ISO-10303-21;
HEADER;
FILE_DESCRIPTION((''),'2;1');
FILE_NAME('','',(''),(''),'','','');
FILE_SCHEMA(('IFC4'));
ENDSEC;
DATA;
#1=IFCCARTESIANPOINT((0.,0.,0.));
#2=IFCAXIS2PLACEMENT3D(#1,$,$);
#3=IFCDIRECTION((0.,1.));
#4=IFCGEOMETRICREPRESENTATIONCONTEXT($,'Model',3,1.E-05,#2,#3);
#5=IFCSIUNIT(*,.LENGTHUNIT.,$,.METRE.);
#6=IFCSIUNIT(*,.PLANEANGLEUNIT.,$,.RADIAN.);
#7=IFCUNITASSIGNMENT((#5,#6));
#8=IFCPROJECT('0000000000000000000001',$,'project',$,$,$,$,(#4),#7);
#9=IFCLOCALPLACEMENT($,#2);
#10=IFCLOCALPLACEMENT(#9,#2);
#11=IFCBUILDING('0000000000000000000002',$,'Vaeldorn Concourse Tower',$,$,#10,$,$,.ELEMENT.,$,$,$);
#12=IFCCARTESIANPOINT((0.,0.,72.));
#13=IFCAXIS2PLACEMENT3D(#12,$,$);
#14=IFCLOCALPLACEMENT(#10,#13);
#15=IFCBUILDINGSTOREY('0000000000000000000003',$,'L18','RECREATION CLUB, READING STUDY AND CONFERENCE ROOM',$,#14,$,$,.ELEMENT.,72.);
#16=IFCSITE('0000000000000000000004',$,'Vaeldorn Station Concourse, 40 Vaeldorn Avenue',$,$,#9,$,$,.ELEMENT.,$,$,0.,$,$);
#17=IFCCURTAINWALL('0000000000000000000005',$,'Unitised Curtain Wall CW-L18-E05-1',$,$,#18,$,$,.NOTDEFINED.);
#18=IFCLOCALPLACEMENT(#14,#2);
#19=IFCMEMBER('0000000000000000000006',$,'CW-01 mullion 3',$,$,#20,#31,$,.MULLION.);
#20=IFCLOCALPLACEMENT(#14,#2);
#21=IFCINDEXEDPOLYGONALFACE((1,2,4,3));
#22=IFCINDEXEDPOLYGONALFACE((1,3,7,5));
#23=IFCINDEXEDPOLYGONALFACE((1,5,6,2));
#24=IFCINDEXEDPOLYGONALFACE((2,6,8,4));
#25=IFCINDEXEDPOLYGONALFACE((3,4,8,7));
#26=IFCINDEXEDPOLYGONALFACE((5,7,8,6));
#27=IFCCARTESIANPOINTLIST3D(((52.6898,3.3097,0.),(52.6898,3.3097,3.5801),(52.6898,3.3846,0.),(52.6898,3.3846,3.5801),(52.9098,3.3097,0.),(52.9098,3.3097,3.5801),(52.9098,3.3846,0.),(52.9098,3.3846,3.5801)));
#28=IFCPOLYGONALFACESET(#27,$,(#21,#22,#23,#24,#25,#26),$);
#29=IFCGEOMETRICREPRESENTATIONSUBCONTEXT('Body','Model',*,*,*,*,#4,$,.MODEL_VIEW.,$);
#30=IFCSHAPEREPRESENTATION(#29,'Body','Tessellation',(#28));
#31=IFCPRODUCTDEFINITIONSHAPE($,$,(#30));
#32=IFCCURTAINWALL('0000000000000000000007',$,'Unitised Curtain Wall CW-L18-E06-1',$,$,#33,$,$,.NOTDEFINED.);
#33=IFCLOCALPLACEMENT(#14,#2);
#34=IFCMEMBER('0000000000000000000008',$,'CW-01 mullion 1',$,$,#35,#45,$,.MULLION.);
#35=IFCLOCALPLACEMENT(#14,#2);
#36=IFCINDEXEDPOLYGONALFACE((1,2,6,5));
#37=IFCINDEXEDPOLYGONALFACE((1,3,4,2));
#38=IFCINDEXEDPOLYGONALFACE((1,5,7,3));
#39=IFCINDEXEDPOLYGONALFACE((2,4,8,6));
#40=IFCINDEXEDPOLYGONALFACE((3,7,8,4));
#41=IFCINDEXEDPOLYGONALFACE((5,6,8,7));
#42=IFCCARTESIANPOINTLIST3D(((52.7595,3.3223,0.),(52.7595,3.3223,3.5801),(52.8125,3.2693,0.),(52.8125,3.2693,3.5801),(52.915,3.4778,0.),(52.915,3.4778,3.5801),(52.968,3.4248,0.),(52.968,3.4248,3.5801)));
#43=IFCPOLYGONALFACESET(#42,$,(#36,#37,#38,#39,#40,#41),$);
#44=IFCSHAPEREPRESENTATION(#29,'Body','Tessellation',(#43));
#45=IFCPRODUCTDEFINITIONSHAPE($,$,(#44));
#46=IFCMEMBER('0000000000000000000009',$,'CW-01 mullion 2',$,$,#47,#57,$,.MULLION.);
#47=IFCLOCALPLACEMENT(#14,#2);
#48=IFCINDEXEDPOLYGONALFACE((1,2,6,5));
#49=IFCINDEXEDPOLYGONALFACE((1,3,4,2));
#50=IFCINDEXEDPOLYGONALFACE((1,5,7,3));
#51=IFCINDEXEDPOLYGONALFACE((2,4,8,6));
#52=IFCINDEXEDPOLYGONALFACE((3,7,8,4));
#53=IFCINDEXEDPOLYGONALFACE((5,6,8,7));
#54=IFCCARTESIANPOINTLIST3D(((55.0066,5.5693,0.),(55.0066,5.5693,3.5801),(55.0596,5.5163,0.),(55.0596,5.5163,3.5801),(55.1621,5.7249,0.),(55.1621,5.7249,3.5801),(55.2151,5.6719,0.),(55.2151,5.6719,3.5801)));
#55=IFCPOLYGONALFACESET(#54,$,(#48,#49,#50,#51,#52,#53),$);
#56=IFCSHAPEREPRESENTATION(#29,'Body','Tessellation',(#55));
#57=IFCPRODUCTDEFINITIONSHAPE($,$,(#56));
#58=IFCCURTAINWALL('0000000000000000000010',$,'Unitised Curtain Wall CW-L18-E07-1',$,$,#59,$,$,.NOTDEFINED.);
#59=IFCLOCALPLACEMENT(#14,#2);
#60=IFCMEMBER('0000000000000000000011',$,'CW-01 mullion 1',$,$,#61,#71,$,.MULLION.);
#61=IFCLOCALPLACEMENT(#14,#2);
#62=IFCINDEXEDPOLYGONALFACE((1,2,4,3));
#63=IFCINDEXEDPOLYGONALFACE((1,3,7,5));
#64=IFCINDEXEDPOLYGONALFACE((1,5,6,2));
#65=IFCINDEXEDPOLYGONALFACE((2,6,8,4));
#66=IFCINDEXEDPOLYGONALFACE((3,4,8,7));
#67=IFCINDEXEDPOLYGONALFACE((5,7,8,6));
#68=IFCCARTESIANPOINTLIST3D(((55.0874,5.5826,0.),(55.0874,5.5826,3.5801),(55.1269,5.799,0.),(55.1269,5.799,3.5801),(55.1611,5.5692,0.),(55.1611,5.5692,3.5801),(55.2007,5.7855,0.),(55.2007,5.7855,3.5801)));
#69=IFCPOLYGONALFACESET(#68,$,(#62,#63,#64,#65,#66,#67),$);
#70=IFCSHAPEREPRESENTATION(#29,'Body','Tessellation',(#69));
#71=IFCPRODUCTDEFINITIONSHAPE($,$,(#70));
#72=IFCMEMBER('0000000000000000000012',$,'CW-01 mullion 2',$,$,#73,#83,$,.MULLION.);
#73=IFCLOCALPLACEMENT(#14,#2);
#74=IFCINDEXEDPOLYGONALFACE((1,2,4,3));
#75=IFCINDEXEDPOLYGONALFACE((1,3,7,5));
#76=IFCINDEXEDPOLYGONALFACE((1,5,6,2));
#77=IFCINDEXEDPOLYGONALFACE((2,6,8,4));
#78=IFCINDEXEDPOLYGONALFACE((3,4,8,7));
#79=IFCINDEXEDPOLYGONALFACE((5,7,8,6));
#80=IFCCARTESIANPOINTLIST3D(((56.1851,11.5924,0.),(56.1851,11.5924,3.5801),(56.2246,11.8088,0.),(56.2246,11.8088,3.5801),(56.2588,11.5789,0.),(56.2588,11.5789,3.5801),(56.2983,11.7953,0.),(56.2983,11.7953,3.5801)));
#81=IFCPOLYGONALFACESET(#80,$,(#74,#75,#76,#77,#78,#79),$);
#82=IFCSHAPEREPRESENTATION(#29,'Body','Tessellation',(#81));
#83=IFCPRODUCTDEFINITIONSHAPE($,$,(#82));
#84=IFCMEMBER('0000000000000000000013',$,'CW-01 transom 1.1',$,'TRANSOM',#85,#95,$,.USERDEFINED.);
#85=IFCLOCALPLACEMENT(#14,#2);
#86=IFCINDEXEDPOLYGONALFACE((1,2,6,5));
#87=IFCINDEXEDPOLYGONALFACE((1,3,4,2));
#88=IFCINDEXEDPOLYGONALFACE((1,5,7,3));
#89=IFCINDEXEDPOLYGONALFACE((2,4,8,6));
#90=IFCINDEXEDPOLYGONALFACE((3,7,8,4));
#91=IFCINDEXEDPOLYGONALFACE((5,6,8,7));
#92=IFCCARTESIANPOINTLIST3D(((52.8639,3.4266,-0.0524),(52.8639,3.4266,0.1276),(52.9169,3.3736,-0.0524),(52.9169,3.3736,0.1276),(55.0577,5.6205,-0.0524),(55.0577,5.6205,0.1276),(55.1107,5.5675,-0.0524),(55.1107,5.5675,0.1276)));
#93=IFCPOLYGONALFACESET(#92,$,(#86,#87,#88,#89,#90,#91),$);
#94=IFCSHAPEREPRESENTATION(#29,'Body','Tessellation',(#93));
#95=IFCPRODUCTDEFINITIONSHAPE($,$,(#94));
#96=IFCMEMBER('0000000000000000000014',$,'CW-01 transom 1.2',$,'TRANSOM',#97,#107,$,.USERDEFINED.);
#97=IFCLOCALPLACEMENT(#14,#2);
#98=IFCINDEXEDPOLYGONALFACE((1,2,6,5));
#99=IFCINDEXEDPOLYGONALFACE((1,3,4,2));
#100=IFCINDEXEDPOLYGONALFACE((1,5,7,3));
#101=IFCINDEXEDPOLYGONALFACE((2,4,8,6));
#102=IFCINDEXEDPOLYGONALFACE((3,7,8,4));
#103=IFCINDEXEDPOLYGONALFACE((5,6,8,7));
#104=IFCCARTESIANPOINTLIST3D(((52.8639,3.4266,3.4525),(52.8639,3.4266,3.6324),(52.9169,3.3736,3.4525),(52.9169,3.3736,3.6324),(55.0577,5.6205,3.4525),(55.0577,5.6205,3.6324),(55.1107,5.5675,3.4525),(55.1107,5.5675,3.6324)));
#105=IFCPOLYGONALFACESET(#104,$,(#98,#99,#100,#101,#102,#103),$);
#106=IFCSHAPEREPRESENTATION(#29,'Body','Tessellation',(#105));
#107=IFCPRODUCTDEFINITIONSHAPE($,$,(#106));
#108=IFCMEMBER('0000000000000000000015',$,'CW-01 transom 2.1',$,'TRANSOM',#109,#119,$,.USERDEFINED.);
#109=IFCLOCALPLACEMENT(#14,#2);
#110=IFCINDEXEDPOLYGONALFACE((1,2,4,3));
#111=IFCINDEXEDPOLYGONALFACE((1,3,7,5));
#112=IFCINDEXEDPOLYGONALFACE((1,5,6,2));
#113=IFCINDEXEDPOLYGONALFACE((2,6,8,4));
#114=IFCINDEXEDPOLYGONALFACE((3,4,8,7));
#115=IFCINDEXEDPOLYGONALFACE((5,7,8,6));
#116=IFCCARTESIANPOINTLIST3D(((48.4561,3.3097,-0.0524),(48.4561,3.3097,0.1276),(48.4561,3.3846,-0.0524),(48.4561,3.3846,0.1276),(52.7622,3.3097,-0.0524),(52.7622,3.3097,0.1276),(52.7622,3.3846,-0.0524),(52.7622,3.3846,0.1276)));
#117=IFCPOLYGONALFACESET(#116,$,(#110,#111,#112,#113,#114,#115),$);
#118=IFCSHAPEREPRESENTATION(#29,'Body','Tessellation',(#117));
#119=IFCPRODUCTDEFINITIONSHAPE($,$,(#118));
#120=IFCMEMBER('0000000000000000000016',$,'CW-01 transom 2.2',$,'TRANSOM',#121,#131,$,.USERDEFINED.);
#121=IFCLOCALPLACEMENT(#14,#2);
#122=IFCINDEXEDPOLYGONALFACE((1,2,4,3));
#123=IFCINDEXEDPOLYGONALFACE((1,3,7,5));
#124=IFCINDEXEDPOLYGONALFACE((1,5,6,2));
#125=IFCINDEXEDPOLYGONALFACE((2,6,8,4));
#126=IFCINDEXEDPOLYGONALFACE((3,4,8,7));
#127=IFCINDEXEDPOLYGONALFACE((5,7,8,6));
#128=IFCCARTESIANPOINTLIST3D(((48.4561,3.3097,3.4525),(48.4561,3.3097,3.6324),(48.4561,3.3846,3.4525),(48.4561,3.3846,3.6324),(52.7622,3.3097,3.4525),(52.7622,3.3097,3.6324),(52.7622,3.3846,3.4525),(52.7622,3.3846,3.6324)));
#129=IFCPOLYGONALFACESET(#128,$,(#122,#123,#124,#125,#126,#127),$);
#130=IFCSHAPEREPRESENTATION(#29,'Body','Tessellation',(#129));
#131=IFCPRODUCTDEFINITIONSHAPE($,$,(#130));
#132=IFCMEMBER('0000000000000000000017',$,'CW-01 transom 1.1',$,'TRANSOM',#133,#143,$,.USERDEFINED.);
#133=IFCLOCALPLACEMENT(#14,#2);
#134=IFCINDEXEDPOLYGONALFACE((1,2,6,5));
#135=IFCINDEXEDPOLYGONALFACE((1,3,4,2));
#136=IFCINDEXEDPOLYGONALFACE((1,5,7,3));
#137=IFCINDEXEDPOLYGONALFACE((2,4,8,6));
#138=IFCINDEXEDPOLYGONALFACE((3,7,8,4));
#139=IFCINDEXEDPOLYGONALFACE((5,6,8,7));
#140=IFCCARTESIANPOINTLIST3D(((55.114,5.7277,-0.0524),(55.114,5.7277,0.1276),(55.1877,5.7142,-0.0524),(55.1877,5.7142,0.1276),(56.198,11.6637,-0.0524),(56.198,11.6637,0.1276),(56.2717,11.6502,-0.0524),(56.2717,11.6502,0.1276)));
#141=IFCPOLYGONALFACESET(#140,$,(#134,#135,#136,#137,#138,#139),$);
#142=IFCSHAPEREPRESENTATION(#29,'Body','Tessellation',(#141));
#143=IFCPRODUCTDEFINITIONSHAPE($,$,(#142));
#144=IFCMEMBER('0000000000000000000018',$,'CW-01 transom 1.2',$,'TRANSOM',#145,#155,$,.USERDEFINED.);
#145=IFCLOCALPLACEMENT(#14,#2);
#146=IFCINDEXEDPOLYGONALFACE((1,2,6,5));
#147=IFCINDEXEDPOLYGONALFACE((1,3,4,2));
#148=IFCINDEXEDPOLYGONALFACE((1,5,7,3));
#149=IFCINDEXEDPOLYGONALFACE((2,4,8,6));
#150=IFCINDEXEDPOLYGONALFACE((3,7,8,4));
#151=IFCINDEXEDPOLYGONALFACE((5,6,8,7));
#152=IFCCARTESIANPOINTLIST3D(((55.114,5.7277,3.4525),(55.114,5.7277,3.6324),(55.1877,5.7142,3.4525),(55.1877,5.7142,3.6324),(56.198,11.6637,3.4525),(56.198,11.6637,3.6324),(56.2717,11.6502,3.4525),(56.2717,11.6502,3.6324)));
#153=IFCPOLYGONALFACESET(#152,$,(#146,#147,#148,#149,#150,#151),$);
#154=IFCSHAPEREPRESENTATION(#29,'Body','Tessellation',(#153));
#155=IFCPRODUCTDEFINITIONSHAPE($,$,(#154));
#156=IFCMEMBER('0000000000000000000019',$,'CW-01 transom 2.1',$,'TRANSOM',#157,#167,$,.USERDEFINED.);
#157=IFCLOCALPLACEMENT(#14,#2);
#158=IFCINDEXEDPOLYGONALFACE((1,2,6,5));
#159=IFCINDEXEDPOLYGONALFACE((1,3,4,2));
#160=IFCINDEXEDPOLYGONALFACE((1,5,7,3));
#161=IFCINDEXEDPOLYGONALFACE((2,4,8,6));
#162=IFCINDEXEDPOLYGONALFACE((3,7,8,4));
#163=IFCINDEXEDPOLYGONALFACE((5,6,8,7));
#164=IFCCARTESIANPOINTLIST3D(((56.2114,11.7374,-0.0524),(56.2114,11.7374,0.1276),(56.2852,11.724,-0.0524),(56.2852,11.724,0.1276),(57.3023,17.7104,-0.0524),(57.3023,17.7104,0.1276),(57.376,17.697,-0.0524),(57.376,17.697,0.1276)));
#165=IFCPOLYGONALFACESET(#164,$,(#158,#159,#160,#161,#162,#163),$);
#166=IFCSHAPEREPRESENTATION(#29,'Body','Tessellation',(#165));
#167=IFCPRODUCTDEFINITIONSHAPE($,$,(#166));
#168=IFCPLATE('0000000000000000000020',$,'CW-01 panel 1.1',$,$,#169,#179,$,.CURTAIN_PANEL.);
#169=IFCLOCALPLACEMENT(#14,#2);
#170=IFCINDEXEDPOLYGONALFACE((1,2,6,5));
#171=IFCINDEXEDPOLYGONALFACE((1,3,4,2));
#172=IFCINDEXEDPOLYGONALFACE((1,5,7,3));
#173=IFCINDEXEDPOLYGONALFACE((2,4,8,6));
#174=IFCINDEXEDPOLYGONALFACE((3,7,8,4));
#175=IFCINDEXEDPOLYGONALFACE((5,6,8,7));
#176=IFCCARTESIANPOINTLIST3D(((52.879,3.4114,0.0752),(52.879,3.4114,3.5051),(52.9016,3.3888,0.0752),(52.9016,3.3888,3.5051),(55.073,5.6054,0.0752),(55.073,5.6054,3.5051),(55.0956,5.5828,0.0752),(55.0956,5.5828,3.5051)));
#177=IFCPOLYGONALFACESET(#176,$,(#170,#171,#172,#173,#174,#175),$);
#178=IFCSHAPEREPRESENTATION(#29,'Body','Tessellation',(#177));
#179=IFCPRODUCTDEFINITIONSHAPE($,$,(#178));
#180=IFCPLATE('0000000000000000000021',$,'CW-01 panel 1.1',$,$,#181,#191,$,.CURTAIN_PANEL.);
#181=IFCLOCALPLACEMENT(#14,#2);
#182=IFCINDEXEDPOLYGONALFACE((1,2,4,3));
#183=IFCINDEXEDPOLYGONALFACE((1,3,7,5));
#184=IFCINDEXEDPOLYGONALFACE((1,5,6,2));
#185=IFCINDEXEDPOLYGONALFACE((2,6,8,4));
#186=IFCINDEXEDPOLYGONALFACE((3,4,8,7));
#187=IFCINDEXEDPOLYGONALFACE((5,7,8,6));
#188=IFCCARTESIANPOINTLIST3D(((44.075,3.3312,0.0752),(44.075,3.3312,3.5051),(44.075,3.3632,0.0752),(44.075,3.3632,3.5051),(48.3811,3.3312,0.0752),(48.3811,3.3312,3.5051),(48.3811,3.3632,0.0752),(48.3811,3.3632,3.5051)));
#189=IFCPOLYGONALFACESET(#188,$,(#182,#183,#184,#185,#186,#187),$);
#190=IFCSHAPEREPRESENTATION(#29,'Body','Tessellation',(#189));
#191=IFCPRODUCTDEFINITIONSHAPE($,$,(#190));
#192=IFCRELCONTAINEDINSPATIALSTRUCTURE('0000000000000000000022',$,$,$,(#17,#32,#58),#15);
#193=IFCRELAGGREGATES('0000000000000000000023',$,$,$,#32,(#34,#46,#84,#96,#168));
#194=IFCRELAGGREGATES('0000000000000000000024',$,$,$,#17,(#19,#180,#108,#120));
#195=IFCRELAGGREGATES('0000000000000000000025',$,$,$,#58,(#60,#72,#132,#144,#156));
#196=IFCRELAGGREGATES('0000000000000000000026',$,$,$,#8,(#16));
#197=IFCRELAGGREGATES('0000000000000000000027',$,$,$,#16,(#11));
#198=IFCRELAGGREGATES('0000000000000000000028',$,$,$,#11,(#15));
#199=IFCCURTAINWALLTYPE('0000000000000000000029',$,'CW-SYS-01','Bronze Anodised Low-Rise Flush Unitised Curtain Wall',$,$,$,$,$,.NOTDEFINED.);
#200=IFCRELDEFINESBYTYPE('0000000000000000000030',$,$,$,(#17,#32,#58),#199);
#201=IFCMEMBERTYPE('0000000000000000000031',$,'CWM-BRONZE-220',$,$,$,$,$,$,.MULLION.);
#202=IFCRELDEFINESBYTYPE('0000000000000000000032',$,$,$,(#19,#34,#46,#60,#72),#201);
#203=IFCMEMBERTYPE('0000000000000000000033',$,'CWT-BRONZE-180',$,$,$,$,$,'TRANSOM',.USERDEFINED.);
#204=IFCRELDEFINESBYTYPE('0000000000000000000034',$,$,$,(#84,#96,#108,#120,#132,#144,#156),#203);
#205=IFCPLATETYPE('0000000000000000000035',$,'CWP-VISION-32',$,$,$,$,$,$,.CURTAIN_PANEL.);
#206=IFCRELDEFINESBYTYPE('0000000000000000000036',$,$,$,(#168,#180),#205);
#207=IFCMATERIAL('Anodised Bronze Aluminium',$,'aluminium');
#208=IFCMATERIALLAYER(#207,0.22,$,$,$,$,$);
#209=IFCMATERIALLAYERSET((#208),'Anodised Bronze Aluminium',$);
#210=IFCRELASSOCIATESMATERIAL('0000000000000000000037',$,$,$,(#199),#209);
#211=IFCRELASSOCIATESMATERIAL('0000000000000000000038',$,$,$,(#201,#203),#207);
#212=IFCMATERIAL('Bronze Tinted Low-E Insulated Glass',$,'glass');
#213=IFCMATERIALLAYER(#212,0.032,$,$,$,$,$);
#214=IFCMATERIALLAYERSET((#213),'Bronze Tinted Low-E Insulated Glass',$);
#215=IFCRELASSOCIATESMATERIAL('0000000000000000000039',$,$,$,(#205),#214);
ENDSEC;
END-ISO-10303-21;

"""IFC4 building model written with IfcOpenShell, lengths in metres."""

from ifc_helpers import new_model, si_unit, direction, frame, origin, origin_2d, place, context, subcontext, project, spatial, rectangle, extrude, source, transform, mapped, material, layer, layer_set, material_profile, profile_set, type_object, element, aggregate, save


model = new_model("IFC4")

# Units and contexts
model_context = context("Model", 3, precision=1e-05, world=origin(), true_north=direction((0.0, 1.0)))
body_context = subcontext(model_context, "Body", "Model", "MODEL_VIEW")
ifc_project = project(units=[si_unit("LENGTHUNIT", "METRE"), si_unit("PLANEANGLEUNIT", "RADIAN")], contexts=[model_context])

# Site, building, storey
site_placement = place(None, origin())
site = spatial("IfcSite", under=ifc_project, at=site_placement, Name="Vaeldorn Station Concourse, 40 Vaeldorn Avenue", CompositionType="ELEMENT", RefElevation=0.0)
building_placement = place(site_placement, origin())
building = spatial("IfcBuilding", under=site, at=building_placement, Name="Vaeldorn Concourse Tower", CompositionType="ELEMENT")
storey_placement = place(building_placement, frame((0.0, 0.0, 72.0)))
storey = spatial("IfcBuildingStorey", under=building, at=storey_placement, Name="L18", Description="RECREATION CLUB, READING STUDY AND CONFERENCE ROOM", CompositionType="ELEMENT", Elevation=72.0)

# Curtain walls, members
ifc_material_1 = material(Name="Anodised Bronze Aluminium", Category="aluminium")
ifc_layer_1 = layer(ifc_material_1, 0.22)
ifc_layer_set_1 = layer_set([ifc_layer_1], Name="Anodised Bronze Aluminium")
curtain_wall_type = type_object("IfcCurtainWallType", Name="CW-SYS-01", Description="Bronze Anodised Low-Rise Flush Unitised Curtain Wall", PredefinedType="NOTDEFINED", material=ifc_layer_set_1)
curtain_wall_1_placement = place(storey_placement, origin())
curtain_wall_1 = element("IfcCurtainWall", 1, at=curtain_wall_1_placement, inside=storey, type_object=curtain_wall_type, Name="Unitised Curtain Wall CW-L18-E05-1", PredefinedType="NOTDEFINED")
ifc_material_profile_1 = material_profile(ifc_material_1, rectangle(XDim=0.075, YDim=0.22, at=origin_2d()), Name="CWM 75x220")
ifc_profile_set_1 = profile_set([ifc_material_profile_1], Name="Anodised Bronze Aluminium")
member_type_1 = type_object("IfcMemberType", Name="CWM-BRONZE-220", PredefinedType="MULLION", material=ifc_profile_set_1)
shared_shape_1 = source(origin(), body_context, "Body", "SweptSolid", [
    extrude(rectangle(XDim=0.075, YDim=0.22, at=origin_2d()), origin(), (0.0, 0.0, 1.0), 3.5801),
])
member_1_placement = place(storey_placement, frame((52.7998, 3.3472, 0.0), z_axis=(0.0, 0.0, 1.0), x_axis=(0.0, 1.0, 0.0)))
member_1 = element("IfcMember", 2, at=member_1_placement, type_object=member_type_1, Name="CW-01 mullion 3", PredefinedType="MULLION", context=body_context, shape_type="MappedRepresentation", body=[
    mapped(shared_shape_1, transform((0.0, 0.0, 0.0), scale=1.0)),
])
curtain_wall_2_placement = place(storey_placement, origin())
curtain_wall_2 = element("IfcCurtainWall", 3, at=curtain_wall_2_placement, inside=storey, type_object=curtain_wall_type, Name="Unitised Curtain Wall CW-L18-E06-1", PredefinedType="NOTDEFINED")
member_2_placement = place(storey_placement, frame((52.8638, 3.3735, 0.0), z_axis=(0.0, 0.0, 1.0), x_axis=(-0.707107, 0.707107, 0.0)))
member_2 = element("IfcMember", 4, at=member_2_placement, type_object=member_type_1, Name="CW-01 mullion 1", PredefinedType="MULLION", context=body_context, shape_type="MappedRepresentation", body=[
    mapped(shared_shape_1, transform((0.0, 0.0, 0.0), scale=1.0)),
])
member_3_placement = place(storey_placement, frame((55.1108, 5.6206, 0.0), z_axis=(0.0, 0.0, 1.0), x_axis=(-0.707107, 0.707107, 0.0)))
member_3 = element("IfcMember", 5, at=member_3_placement, type_object=member_type_1, Name="CW-01 mullion 2", PredefinedType="MULLION", context=body_context, shape_type="MappedRepresentation", body=[
    mapped(shared_shape_1, transform((0.0, 0.0, 0.0), scale=1.0)),
])
curtain_wall_3_placement = place(storey_placement, origin())
curtain_wall_3 = element("IfcCurtainWall", 6, at=curtain_wall_3_placement, inside=storey, type_object=curtain_wall_type, Name="Unitised Curtain Wall CW-L18-E07-1", PredefinedType="NOTDEFINED")
member_4_placement = place(storey_placement, frame((55.144, 5.6841, 0.0), z_axis=(0.0, 0.0, 1.0), x_axis=(-0.983729, 0.179658, 0.0)))
member_4 = element("IfcMember", 7, at=member_4_placement, type_object=member_type_1, Name="CW-01 mullion 1", PredefinedType="MULLION", context=body_context, shape_type="MappedRepresentation", body=[
    mapped(shared_shape_1, transform((0.0, 0.0, 0.0), scale=1.0)),
])
member_5_placement = place(storey_placement, frame((56.2417, 11.6938, 0.0), z_axis=(0.0, 0.0, 1.0), x_axis=(-0.983729, 0.179658, 0.0)))
member_5 = element("IfcMember", 8, at=member_5_placement, type_object=member_type_1, Name="CW-01 mullion 2", PredefinedType="MULLION", context=body_context, shape_type="MappedRepresentation", body=[
    mapped(shared_shape_1, transform((0.0, 0.0, 0.0), scale=1.0)),
])

# Members
ifc_material_profile_2 = material_profile(ifc_material_1, rectangle(XDim=0.075, YDim=0.1799, at=origin_2d()), Name="CWT 75x180")
ifc_profile_set_2 = profile_set([ifc_material_profile_2], Name="Anodised Bronze Aluminium")
member_type_2 = type_object("IfcMemberType", Name="CWT-BRONZE-180", ElementType="TRANSOM", PredefinedType="USERDEFINED", material=ifc_profile_set_2)
shared_shape_2 = source(origin(), body_context, "Body", "SweptSolid", [
    extrude(rectangle(XDim=0.075, YDim=0.1799, at=origin_2d()), origin(), (0.0, 0.0, 1.0), 3.1025),
])
member_6_placement = place(storey_placement, frame((52.8904, 3.4001, 0.0376), z_axis=(0.707107, 0.707107, 0.0), x_axis=(-0.707107, 0.707107, 0.0)))
member_6 = element("IfcMember", 9, at=member_6_placement, type_object=member_type_2, Name="CW-01 transom 1.1", ObjectType="TRANSOM", PredefinedType="USERDEFINED", context=body_context, shape_type="MappedRepresentation", body=[
    mapped(shared_shape_2, transform((0.0, 0.0, 0.0), scale=1.0)),
])
member_7_placement = place(storey_placement, frame((52.8904, 3.4001, 3.5425), z_axis=(0.707107, 0.707107, 0.0), x_axis=(-0.707107, 0.707107, 0.0)))
member_7 = element("IfcMember", 10, at=member_7_placement, type_object=member_type_2, Name="CW-01 transom 1.2", ObjectType="TRANSOM", PredefinedType="USERDEFINED", context=body_context, shape_type="MappedRepresentation", body=[
    mapped(shared_shape_2, transform((0.0, 0.0, 0.0), scale=1.0)),
])
shared_shape_3 = source(origin(), body_context, "Body", "SweptSolid", [
    extrude(rectangle(XDim=0.075, YDim=0.1799, at=origin_2d()), origin(), (0.0, 0.0, 1.0), 4.3062),
])
member_8_placement = place(storey_placement, frame((48.4561, 3.3472, 0.0376), z_axis=(1.0, 0.0, 0.0), x_axis=(0.0, 1.0, 0.0)))
member_8 = element("IfcMember", 11, at=member_8_placement, type_object=member_type_2, Name="CW-01 transom 2.1", ObjectType="TRANSOM", PredefinedType="USERDEFINED", context=body_context, shape_type="MappedRepresentation", body=[
    mapped(shared_shape_3, transform((0.0, 0.0, 0.0), scale=1.0)),
])
member_9_placement = place(storey_placement, frame((48.4561, 3.3472, 3.5425), z_axis=(1.0, 0.0, 0.0), x_axis=(0.0, 1.0, 0.0)))
member_9 = element("IfcMember", 12, at=member_9_placement, type_object=member_type_2, Name="CW-01 transom 2.2", ObjectType="TRANSOM", PredefinedType="USERDEFINED", context=body_context, shape_type="MappedRepresentation", body=[
    mapped(shared_shape_3, transform((0.0, 0.0, 0.0), scale=1.0)),
])
shared_shape_4 = source(origin(), body_context, "Body", "SweptSolid", [
    extrude(rectangle(XDim=0.075, YDim=0.1799, at=origin_2d()), origin(), (0.0, 0.0, 1.0), 6.0342),
])
member_10_placement = place(storey_placement, frame((55.1509, 5.7209, 0.0376), z_axis=(0.17964, 0.983732, 0.0), x_axis=(-0.983732, 0.17964, 0.0)))
member_10 = element("IfcMember", 13, at=member_10_placement, type_object=member_type_2, Name="CW-01 transom 1.1", ObjectType="TRANSOM", PredefinedType="USERDEFINED", context=body_context, shape_type="MappedRepresentation", body=[
    mapped(shared_shape_4, transform((0.0, 0.0, 0.0), scale=1.0)),
])
member_11_placement = place(storey_placement, frame((55.1509, 5.7209, 3.5425), z_axis=(0.17964, 0.983732, 0.0), x_axis=(-0.983732, 0.17964, 0.0)))
member_11 = element("IfcMember", 14, at=member_11_placement, type_object=member_type_2, Name="CW-01 transom 1.2", ObjectType="TRANSOM", PredefinedType="USERDEFINED", context=body_context, shape_type="MappedRepresentation", body=[
    mapped(shared_shape_4, transform((0.0, 0.0, 0.0), scale=1.0)),
])
shared_shape_5 = source(origin(), body_context, "Body", "SweptSolid", [
    extrude(rectangle(XDim=0.075, YDim=0.1799, at=origin_2d()), origin(), (0.0, 0.0, 1.0), 6.0718),
])
member_12_placement = place(storey_placement, frame((56.2483, 11.7307, 0.0376), z_axis=(0.179657, 0.983729, 0.0), x_axis=(-0.983729, 0.179657, 0.0)))
member_12 = element("IfcMember", 15, at=member_12_placement, type_object=member_type_2, Name="CW-01 transom 2.1", ObjectType="TRANSOM", PredefinedType="USERDEFINED", context=body_context, shape_type="MappedRepresentation", body=[
    mapped(shared_shape_5, transform((0.0, 0.0, 0.0), scale=1.0)),
])

# Plates
ifc_material_2 = material(Name="Bronze Tinted Low-E Insulated Glass", Category="glass")
ifc_layer_2 = layer(ifc_material_2, 0.032)
ifc_layer_set_2 = layer_set([ifc_layer_2], Name="Bronze Tinted Low-E Insulated Glass")
plate_type = type_object("IfcPlateType", Name="CWP-VISION-32", PredefinedType="CURTAIN_PANEL", material=ifc_layer_set_2)
shared_shape_6 = source(origin(), body_context, "Body", "SweptSolid", [
    extrude(rectangle(XDim=3.1028, YDim=0.032, at=origin_2d()), origin(), (0.0, 0.0, 1.0), 3.4299),
])
plate_1_placement = place(storey_placement, frame((53.9873, 4.4971, 0.0752), z_axis=(0.0, 0.0, 1.0), x_axis=(0.707107, 0.707107, 0.0)))
plate_1 = element("IfcPlate", 16, at=plate_1_placement, type_object=plate_type, Name="CW-01 panel 1.1", PredefinedType="CURTAIN_PANEL", context=body_context, shape_type="MappedRepresentation", body=[
    mapped(shared_shape_6, transform((0.0, 0.0, 0.0), scale=1.0)),
])
aggregate(curtain_wall_2, [member_2, member_3, member_6, member_7, plate_1])
shared_shape_7 = source(origin(), body_context, "Body", "SweptSolid", [
    extrude(rectangle(XDim=4.3062, YDim=0.032, at=origin_2d()), origin(), (0.0, 0.0, 1.0), 3.4299),
])
plate_2_placement = place(storey_placement, frame((46.228, 3.3472, 0.0752), z_axis=(0.0, 0.0, 1.0), x_axis=(1.0, 0.0, 0.0)))
plate_2 = element("IfcPlate", 17, at=plate_2_placement, type_object=plate_type, Name="CW-01 panel 1.1", PredefinedType="CURTAIN_PANEL", context=body_context, shape_type="MappedRepresentation", body=[
    mapped(shared_shape_7, transform((0.0, 0.0, 0.0), scale=1.0)),
])
aggregate(curtain_wall_1, [member_1, plate_2, member_8, member_9])
aggregate(curtain_wall_3, [member_4, member_5, member_10, member_11, member_12])

save(model, "model.ifc")
